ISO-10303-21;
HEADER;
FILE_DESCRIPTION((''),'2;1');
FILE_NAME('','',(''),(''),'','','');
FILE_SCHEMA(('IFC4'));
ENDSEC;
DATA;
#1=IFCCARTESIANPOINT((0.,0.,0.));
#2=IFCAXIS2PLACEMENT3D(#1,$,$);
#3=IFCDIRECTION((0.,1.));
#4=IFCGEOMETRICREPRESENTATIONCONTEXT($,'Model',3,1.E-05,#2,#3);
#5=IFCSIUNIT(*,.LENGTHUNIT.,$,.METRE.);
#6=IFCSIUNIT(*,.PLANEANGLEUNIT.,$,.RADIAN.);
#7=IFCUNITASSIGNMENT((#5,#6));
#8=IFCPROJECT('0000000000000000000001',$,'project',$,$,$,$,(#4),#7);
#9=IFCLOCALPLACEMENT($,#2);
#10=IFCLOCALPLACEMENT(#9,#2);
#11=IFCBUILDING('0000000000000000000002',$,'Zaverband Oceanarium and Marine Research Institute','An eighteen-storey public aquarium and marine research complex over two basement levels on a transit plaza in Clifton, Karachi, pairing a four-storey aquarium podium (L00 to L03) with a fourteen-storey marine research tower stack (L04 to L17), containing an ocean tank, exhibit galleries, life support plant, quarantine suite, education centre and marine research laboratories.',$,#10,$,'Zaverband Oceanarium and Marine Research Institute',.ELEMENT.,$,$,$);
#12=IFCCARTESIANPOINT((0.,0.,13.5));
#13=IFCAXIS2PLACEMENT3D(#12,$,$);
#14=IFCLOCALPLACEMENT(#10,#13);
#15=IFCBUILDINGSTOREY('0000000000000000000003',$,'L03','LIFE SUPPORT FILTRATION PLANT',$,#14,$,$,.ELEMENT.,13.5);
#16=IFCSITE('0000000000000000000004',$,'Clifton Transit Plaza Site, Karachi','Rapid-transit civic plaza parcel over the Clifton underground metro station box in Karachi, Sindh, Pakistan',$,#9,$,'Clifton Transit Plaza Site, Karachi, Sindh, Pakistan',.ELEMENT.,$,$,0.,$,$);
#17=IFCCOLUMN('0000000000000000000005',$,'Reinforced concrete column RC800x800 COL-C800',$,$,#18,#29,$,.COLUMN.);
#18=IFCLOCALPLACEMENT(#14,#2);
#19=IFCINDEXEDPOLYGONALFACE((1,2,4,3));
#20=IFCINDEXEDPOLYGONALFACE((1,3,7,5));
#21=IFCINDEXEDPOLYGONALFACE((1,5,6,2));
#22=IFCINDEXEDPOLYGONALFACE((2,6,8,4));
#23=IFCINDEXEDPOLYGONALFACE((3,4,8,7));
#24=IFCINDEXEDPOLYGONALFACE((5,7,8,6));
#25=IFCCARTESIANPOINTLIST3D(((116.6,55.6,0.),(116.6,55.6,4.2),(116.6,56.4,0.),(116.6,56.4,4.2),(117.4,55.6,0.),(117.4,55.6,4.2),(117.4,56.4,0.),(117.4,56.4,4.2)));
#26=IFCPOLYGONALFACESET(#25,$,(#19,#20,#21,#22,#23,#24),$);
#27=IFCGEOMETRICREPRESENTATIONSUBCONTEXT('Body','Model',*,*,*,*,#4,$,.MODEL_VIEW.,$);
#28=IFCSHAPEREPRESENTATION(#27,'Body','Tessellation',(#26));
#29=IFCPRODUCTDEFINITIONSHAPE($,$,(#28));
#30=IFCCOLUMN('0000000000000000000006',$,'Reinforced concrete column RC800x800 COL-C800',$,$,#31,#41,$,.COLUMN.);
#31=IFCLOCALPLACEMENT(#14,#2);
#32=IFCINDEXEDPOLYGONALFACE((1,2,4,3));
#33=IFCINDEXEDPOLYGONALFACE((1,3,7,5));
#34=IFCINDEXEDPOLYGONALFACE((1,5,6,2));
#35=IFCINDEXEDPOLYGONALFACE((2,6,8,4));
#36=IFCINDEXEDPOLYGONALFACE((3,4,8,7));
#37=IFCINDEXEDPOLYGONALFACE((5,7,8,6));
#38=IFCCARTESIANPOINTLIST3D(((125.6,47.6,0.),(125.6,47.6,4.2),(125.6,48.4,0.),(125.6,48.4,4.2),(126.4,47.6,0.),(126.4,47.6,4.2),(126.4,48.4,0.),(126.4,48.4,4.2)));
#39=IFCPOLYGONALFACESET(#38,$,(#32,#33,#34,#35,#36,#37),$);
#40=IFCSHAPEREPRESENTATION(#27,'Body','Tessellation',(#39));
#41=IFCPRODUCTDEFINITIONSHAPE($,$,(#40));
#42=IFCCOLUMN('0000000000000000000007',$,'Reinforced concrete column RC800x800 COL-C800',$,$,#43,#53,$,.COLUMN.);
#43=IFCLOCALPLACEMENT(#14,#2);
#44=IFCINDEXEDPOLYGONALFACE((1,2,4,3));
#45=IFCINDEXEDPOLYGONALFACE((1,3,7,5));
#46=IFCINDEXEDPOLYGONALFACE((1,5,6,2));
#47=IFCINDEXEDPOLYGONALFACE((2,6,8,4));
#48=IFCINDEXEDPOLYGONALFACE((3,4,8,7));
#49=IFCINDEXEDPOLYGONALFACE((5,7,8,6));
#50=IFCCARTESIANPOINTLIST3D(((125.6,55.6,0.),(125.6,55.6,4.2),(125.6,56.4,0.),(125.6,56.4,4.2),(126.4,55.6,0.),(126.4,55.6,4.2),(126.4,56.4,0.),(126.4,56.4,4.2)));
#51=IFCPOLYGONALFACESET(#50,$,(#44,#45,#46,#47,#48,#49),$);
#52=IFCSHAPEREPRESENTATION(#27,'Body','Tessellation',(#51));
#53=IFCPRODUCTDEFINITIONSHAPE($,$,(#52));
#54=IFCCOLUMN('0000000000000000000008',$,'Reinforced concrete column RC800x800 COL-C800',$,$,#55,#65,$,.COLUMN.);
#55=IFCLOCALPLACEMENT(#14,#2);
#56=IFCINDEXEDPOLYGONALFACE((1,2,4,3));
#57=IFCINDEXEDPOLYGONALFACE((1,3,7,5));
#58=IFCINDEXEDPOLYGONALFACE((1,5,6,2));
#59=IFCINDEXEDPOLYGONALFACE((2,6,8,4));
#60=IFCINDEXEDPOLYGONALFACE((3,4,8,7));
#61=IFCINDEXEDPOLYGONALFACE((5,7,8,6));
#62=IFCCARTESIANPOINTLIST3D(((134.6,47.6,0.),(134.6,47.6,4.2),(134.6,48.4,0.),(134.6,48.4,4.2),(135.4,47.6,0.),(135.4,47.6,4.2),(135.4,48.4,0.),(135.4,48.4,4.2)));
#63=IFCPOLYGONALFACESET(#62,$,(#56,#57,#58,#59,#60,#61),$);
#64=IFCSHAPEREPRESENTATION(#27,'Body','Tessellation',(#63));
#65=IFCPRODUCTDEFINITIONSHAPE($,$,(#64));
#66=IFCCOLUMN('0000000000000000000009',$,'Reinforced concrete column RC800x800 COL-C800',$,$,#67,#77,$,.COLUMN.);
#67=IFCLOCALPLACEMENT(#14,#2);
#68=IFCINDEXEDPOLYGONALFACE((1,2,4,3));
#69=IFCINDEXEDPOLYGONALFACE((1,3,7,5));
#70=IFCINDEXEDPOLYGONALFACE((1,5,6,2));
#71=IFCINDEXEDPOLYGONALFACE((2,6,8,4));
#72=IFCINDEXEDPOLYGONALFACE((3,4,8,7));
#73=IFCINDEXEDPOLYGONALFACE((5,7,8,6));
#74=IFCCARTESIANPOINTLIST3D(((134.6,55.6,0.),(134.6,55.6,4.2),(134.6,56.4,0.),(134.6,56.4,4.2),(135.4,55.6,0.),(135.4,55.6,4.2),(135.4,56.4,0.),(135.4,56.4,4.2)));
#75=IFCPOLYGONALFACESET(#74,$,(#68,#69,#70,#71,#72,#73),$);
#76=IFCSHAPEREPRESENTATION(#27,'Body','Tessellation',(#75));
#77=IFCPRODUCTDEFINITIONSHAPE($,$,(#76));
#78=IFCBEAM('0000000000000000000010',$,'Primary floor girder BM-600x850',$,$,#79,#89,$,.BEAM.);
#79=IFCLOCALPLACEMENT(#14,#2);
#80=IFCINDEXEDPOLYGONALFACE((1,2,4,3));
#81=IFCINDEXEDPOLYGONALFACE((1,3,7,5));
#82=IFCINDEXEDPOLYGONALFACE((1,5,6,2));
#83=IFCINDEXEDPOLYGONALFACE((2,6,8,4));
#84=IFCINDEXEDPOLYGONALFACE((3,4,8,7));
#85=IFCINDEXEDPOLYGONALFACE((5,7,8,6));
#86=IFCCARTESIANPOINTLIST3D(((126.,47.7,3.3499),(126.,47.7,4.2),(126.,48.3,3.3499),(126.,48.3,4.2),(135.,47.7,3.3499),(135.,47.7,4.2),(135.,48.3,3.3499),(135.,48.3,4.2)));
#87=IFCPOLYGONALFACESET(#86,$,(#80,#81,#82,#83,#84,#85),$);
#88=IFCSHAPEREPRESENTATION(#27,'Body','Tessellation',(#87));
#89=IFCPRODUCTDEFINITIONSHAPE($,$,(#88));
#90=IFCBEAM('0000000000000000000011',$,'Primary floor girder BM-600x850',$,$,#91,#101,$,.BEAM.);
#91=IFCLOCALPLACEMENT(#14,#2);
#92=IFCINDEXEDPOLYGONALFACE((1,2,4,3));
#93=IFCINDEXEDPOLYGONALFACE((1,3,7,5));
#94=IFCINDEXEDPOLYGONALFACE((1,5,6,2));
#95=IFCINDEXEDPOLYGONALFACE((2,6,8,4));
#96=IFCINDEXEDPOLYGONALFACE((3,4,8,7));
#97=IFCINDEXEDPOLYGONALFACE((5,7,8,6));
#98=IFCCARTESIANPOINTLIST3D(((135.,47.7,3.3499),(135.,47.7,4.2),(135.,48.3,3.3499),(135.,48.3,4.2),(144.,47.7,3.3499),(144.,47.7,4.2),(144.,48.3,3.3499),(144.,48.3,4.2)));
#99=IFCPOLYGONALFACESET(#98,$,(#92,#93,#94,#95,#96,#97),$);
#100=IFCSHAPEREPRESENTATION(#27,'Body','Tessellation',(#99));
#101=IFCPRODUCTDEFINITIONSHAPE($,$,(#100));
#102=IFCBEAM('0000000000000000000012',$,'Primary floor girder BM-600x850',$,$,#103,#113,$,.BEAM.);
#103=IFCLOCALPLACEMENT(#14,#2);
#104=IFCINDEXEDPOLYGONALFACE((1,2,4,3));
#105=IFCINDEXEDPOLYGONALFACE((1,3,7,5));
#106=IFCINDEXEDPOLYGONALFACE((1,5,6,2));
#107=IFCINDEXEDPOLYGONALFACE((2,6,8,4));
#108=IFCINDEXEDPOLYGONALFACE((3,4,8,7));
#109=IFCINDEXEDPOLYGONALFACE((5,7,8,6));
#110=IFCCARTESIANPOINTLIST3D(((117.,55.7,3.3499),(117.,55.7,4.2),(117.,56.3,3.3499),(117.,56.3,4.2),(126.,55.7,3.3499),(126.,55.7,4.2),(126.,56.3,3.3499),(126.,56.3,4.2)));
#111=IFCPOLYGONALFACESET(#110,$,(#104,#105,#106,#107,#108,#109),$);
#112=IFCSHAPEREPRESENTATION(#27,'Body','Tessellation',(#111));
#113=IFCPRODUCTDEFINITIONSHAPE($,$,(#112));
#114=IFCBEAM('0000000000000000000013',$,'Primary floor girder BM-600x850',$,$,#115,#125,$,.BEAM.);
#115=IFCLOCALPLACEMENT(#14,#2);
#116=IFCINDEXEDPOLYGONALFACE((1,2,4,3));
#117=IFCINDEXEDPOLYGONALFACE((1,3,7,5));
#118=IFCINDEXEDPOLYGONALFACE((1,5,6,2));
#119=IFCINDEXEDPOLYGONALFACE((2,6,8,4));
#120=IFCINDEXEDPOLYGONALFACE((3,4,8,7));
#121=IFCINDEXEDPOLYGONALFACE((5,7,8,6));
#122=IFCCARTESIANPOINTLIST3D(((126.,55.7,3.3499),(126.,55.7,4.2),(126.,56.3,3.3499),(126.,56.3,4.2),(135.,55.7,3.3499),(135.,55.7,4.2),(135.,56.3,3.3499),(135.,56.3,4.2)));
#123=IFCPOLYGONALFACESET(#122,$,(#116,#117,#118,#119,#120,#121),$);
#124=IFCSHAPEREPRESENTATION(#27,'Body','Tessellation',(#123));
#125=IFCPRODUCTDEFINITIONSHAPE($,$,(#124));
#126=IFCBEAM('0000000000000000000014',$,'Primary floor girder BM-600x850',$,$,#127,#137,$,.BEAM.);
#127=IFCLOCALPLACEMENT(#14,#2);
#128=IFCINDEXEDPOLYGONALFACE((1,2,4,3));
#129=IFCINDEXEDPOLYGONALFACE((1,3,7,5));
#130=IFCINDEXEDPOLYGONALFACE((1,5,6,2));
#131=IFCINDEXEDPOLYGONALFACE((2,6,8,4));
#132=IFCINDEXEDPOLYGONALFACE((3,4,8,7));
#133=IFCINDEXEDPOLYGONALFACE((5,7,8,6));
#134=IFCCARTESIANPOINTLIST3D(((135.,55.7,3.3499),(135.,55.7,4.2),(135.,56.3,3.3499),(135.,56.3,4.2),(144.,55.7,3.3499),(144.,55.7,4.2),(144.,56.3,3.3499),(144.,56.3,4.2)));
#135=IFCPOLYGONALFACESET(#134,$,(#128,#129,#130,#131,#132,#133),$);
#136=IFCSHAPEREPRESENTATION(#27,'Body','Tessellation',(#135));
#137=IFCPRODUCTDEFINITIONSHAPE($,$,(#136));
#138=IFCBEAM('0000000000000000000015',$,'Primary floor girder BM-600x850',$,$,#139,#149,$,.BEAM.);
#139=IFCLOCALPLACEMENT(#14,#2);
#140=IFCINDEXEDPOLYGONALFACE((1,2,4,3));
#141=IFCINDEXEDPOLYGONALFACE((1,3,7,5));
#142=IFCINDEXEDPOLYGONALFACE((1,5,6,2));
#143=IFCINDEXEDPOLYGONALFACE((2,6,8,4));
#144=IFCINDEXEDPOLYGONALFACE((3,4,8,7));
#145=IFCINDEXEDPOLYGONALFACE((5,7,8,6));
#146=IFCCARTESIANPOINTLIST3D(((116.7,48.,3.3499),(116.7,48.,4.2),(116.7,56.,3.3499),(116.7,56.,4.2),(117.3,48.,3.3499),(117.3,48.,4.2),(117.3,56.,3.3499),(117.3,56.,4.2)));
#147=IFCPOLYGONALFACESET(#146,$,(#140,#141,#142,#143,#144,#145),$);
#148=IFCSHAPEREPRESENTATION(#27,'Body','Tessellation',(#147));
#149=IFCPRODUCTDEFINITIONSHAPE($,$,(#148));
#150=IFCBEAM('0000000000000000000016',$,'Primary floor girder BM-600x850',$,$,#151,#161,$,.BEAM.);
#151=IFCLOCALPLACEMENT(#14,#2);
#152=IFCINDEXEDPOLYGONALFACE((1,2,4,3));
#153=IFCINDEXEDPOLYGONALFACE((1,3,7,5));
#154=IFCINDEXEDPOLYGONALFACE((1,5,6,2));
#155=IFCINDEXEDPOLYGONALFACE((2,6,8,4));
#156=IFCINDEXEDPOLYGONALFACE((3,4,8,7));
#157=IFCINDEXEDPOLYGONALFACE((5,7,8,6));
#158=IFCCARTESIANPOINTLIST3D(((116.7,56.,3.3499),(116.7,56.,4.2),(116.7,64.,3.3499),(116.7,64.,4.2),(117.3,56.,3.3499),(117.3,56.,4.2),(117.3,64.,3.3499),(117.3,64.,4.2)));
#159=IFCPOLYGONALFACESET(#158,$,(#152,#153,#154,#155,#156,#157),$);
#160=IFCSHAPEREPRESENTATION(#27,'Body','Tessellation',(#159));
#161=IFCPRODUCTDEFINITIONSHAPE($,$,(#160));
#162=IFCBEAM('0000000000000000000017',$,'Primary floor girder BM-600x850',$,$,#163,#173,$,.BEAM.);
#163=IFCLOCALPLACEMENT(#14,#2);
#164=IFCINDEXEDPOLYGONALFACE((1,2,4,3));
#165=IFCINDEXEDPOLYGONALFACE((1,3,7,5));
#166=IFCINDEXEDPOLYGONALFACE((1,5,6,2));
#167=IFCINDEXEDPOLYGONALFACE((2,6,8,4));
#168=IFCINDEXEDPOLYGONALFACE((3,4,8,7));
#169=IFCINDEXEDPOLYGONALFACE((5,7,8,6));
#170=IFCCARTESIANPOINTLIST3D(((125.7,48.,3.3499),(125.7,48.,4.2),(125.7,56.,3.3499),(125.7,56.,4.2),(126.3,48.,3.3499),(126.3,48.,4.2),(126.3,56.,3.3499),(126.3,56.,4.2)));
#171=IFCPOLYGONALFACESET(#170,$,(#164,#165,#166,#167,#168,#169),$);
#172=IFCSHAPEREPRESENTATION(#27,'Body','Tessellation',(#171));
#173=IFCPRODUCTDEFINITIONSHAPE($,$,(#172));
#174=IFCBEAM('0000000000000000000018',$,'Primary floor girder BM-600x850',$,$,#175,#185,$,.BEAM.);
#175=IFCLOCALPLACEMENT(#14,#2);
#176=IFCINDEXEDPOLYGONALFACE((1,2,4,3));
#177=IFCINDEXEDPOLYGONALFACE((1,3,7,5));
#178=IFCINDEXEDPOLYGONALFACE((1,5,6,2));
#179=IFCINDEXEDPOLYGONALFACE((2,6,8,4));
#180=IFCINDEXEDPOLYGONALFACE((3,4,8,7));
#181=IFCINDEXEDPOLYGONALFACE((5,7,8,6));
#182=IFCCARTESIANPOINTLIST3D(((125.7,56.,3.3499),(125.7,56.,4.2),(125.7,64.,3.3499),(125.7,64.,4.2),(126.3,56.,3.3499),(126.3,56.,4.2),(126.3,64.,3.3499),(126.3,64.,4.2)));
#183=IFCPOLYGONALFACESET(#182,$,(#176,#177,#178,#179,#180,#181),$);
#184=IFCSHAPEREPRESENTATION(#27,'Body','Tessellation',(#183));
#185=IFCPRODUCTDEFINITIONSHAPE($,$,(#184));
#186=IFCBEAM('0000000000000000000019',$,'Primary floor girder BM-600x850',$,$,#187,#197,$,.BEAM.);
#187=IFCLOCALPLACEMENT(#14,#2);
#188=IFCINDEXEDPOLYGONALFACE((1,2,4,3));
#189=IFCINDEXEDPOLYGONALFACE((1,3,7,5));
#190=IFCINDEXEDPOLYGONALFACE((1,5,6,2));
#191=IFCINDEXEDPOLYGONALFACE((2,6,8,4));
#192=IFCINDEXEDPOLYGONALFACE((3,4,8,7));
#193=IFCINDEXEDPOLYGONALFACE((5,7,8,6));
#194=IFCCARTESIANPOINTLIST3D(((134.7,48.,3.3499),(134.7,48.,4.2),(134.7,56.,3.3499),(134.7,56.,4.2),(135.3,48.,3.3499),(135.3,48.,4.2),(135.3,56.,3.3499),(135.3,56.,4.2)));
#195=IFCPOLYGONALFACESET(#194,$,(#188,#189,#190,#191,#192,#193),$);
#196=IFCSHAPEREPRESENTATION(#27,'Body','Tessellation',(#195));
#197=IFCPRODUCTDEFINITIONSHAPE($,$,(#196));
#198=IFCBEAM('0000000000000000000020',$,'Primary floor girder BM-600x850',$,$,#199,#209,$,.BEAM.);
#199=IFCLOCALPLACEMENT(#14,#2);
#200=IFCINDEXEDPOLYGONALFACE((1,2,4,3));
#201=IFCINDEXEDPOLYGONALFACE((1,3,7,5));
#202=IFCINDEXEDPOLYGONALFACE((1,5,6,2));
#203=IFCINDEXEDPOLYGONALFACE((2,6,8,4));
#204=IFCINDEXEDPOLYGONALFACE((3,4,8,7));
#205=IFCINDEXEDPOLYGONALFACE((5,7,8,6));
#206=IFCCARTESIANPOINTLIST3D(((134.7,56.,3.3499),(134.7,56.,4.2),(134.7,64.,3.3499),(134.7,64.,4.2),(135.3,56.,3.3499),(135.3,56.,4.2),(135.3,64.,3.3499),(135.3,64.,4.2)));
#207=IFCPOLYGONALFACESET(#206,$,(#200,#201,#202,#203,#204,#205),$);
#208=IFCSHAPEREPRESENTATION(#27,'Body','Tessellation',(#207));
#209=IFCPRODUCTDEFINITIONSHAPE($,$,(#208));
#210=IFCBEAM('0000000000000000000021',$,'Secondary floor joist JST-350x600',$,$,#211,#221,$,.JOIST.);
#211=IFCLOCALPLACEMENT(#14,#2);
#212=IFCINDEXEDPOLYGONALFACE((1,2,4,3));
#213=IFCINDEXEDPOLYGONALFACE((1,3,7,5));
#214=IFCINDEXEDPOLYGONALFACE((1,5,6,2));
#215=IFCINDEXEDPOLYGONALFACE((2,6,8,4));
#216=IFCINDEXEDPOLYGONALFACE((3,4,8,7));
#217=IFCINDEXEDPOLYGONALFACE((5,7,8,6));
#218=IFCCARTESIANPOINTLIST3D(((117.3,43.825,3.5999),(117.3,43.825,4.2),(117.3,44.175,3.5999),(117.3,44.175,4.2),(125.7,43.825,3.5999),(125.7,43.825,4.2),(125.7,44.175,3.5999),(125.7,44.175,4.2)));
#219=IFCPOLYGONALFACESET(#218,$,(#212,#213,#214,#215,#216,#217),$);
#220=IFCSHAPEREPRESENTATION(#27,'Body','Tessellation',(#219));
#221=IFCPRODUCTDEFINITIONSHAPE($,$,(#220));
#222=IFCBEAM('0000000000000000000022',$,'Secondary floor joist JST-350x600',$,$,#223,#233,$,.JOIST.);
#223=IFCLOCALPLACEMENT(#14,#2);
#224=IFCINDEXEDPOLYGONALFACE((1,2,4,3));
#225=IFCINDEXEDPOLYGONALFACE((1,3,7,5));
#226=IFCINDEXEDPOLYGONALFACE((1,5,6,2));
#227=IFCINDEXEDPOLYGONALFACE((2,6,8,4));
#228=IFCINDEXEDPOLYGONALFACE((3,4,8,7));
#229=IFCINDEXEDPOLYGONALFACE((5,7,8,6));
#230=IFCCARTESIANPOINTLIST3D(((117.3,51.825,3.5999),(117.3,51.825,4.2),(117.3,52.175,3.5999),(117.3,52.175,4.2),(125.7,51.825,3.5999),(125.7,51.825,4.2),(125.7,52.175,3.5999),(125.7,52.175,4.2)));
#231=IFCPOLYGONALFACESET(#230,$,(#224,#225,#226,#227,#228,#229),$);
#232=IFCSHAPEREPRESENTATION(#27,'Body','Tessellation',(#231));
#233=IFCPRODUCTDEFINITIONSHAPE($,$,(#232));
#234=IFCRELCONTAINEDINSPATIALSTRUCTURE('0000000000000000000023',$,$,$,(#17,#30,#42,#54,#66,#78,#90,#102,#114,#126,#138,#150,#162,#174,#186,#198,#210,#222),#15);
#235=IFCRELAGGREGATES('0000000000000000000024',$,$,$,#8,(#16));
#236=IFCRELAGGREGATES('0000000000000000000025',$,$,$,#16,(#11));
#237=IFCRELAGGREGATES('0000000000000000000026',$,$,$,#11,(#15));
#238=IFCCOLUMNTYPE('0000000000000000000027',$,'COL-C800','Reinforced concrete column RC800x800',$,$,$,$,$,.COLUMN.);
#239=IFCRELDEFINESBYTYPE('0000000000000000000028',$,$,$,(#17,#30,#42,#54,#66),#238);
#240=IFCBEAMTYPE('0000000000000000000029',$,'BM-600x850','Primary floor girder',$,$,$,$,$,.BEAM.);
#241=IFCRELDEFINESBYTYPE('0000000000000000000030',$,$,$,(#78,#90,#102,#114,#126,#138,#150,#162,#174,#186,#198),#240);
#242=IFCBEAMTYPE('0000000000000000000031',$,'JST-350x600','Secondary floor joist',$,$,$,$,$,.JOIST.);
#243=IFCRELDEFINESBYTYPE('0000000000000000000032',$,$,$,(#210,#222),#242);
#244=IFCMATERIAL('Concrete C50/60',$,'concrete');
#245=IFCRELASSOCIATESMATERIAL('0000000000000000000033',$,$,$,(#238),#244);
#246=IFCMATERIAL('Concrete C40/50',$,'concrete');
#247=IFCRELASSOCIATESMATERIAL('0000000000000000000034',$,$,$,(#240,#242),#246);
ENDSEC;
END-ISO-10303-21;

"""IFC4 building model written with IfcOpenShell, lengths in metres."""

from ifc_helpers import new_model, si_unit, direction, frame, origin, origin_2d, place, context, subcontext, project, spatial, rectangle, extrude, material, material_profile, profile_set, type_object, element, save


model = new_model("IFC4")

# Units and contexts
model_context = context("Model", 3, precision=1e-05, world=origin(), true_north=direction((0.0, 1.0)))
body_context = subcontext(model_context, "Body", "Model", "MODEL_VIEW")
ifc_project = project(units=[si_unit("LENGTHUNIT", "METRE"), si_unit("PLANEANGLEUNIT", "RADIAN")], contexts=[model_context])

# Site, building, storey
site_placement = place(None, origin())
site = spatial("IfcSite", under=ifc_project, at=site_placement, Name="Clifton Transit Plaza Site, Karachi", Description="Rapid-transit civic plaza parcel over the Clifton underground metro station box in Karachi, Sindh, Pakistan", LongName="Clifton Transit Plaza Site, Karachi, Sindh, Pakistan", CompositionType="ELEMENT", RefElevation=0.0)
building_placement = place(site_placement, origin())
building = spatial("IfcBuilding", under=site, at=building_placement, Name="Zaverband Oceanarium and Marine Research Institute", Description="An eighteen-storey public aquarium and marine research complex over two basement levels on a transit plaza in Clifton, Karachi, pairing a four-storey aquarium podium (L00 to L03) with a fourteen-storey marine research tower stack (L04 to L17), containing an ocean tank, exhibit galleries, life support plant, quarantine suite, education centre and marine research laboratories.", LongName="Zaverband Oceanarium and Marine Research Institute", CompositionType="ELEMENT")
storey_placement = place(building_placement, frame((0.0, 0.0, 13.5)))
storey = spatial("IfcBuildingStorey", under=building, at=storey_placement, Name="L03", Description="LIFE SUPPORT FILTRATION PLANT", CompositionType="ELEMENT", Elevation=13.5)

# Columns
ifc_material_1 = material(Name="Concrete C50/60", Category="concrete")
ifc_material_profile_1 = material_profile(ifc_material_1, rectangle(XDim=0.8, YDim=0.8, at=origin_2d()), Name="RC800x800")
ifc_profile_set_1 = profile_set([ifc_material_profile_1], Name="Concrete C50/60")
column_type = type_object("IfcColumnType", Name="COL-C800", Description="Reinforced concrete column RC800x800", PredefinedType="COLUMN", material=ifc_profile_set_1)
for number, where, z_axis, x_axis, name in (
    (1, (117.0, 56.0, 0.0), (0.0, 0.0, 1.0), (1.0, 0.0, 0.0), "Reinforced concrete column RC800x800 COL-C800"),
    (2, (126.0, 48.0, 0.0), (0.0, 0.0, 1.0), (1.0, 0.0, 0.0), "Reinforced concrete column RC800x800 COL-C800"),
    (3, (126.0, 56.0, 0.0), (0.0, 0.0, 1.0), (1.0, 0.0, 0.0), "Reinforced concrete column RC800x800 COL-C800"),
    (4, (135.0, 48.0, 0.0), (0.0, 0.0, 1.0), (1.0, 0.0, 0.0), "Reinforced concrete column RC800x800 COL-C800"),
    (5, (135.0, 56.0, 0.0), (0.0, 0.0, 1.0), (1.0, 0.0, 0.0), "Reinforced concrete column RC800x800 COL-C800"),
):
    element("IfcColumn", number, at=place(storey_placement, frame(where, z_axis=z_axis, x_axis=x_axis)), inside=storey, type_object=column_type, Name=name, PredefinedType="COLUMN", context=body_context, shape_type="SweptSolid", body=[
        extrude(rectangle(XDim=0.8, YDim=0.8, at=origin_2d()), origin(), (0.0, 0.0, 1.0), 4.2),
    ])

# Beams
ifc_material_2 = material(Name="Concrete C40/50", Category="concrete")
ifc_material_profile_2 = material_profile(ifc_material_2, rectangle(XDim=0.6001, YDim=0.8501, at=origin_2d()), Name="RC600x850")
ifc_profile_set_2 = profile_set([ifc_material_profile_2], Name="Concrete C40/50")
beam_type_1 = type_object("IfcBeamType", Name="BM-600x850", Description="Primary floor girder", PredefinedType="BEAM", material=ifc_profile_set_2)
for number, where, z_axis, x_axis, name in (
    (6, (126.0, 48.0, 3.7749), (1.0, 0.0, 0.0), (0.0, 1.0, 0.0), "Primary floor girder BM-600x850"),
    (7, (135.0, 48.0, 3.7749), (1.0, 0.0, 0.0), (0.0, 1.0, 0.0), "Primary floor girder BM-600x850"),
    (8, (117.0, 56.0, 3.7749), (1.0, 0.0, 0.0), (0.0, 1.0, 0.0), "Primary floor girder BM-600x850"),
    (9, (126.0, 56.0, 3.7749), (1.0, 0.0, 0.0), (0.0, 1.0, 0.0), "Primary floor girder BM-600x850"),
    (10, (135.0, 56.0, 3.7749), (1.0, 0.0, 0.0), (0.0, 1.0, 0.0), "Primary floor girder BM-600x850"),
):
    element("IfcBeam", number, at=place(storey_placement, frame(where, z_axis=z_axis, x_axis=x_axis)), inside=storey, type_object=beam_type_1, Name=name, PredefinedType="BEAM", context=body_context, shape_type="SweptSolid", body=[
        extrude(rectangle(XDim=0.6001, YDim=0.8501, at=origin_2d()), origin(), (0.0, 0.0, 1.0), 9.0),
    ])
for number, where, z_axis, x_axis, name in (
    (11, (117.0, 48.0, 3.7749), (0.0, 1.0, 0.0), (-1.0, 0.0, 0.0), "Primary floor girder BM-600x850"),
    (12, (117.0, 56.0, 3.7749), (0.0, 1.0, 0.0), (-1.0, 0.0, 0.0), "Primary floor girder BM-600x850"),
    (13, (126.0, 48.0, 3.7749), (0.0, 1.0, 0.0), (-1.0, 0.0, 0.0), "Primary floor girder BM-600x850"),
    (14, (126.0, 56.0, 3.7749), (0.0, 1.0, 0.0), (-1.0, 0.0, 0.0), "Primary floor girder BM-600x850"),
    (15, (135.0, 48.0, 3.7749), (0.0, 1.0, 0.0), (-1.0, 0.0, 0.0), "Primary floor girder BM-600x850"),
    (16, (135.0, 56.0, 3.7749), (0.0, 1.0, 0.0), (-1.0, 0.0, 0.0), "Primary floor girder BM-600x850"),
):
    element("IfcBeam", number, at=place(storey_placement, frame(where, z_axis=z_axis, x_axis=x_axis)), inside=storey, type_object=beam_type_1, Name=name, PredefinedType="BEAM", context=body_context, shape_type="SweptSolid", body=[
        extrude(rectangle(XDim=0.6001, YDim=0.8501, at=origin_2d()), origin(), (0.0, 0.0, 1.0), 8.0),
    ])
ifc_material_profile_3 = material_profile(ifc_material_2, rectangle(XDim=0.3501, YDim=0.6001, at=origin_2d()), Name="RC350x600")
ifc_profile_set_3 = profile_set([ifc_material_profile_3], Name="Concrete C40/50")
beam_type_2 = type_object("IfcBeamType", Name="JST-350x600", Description="Secondary floor joist", PredefinedType="JOIST", material=ifc_profile_set_3)
for number, where, z_axis, x_axis, name in (
    (17, (117.3, 44.0, 3.8999), (1.0, 0.0, 0.0), (0.0, 1.0, 0.0), "Secondary floor joist JST-350x600"),
    (18, (117.3, 52.0, 3.8999), (1.0, 0.0, 0.0), (0.0, 1.0, 0.0), "Secondary floor joist JST-350x600"),
):
    element("IfcBeam", number, at=place(storey_placement, frame(where, z_axis=z_axis, x_axis=x_axis)), inside=storey, type_object=beam_type_2, Name=name, PredefinedType="JOIST", context=body_context, shape_type="SweptSolid", body=[
        extrude(rectangle(XDim=0.3501, YDim=0.6001, at=origin_2d()), origin(), (0.0, 0.0, 1.0), 8.3999),
    ])

save(model, "model.ifc")
